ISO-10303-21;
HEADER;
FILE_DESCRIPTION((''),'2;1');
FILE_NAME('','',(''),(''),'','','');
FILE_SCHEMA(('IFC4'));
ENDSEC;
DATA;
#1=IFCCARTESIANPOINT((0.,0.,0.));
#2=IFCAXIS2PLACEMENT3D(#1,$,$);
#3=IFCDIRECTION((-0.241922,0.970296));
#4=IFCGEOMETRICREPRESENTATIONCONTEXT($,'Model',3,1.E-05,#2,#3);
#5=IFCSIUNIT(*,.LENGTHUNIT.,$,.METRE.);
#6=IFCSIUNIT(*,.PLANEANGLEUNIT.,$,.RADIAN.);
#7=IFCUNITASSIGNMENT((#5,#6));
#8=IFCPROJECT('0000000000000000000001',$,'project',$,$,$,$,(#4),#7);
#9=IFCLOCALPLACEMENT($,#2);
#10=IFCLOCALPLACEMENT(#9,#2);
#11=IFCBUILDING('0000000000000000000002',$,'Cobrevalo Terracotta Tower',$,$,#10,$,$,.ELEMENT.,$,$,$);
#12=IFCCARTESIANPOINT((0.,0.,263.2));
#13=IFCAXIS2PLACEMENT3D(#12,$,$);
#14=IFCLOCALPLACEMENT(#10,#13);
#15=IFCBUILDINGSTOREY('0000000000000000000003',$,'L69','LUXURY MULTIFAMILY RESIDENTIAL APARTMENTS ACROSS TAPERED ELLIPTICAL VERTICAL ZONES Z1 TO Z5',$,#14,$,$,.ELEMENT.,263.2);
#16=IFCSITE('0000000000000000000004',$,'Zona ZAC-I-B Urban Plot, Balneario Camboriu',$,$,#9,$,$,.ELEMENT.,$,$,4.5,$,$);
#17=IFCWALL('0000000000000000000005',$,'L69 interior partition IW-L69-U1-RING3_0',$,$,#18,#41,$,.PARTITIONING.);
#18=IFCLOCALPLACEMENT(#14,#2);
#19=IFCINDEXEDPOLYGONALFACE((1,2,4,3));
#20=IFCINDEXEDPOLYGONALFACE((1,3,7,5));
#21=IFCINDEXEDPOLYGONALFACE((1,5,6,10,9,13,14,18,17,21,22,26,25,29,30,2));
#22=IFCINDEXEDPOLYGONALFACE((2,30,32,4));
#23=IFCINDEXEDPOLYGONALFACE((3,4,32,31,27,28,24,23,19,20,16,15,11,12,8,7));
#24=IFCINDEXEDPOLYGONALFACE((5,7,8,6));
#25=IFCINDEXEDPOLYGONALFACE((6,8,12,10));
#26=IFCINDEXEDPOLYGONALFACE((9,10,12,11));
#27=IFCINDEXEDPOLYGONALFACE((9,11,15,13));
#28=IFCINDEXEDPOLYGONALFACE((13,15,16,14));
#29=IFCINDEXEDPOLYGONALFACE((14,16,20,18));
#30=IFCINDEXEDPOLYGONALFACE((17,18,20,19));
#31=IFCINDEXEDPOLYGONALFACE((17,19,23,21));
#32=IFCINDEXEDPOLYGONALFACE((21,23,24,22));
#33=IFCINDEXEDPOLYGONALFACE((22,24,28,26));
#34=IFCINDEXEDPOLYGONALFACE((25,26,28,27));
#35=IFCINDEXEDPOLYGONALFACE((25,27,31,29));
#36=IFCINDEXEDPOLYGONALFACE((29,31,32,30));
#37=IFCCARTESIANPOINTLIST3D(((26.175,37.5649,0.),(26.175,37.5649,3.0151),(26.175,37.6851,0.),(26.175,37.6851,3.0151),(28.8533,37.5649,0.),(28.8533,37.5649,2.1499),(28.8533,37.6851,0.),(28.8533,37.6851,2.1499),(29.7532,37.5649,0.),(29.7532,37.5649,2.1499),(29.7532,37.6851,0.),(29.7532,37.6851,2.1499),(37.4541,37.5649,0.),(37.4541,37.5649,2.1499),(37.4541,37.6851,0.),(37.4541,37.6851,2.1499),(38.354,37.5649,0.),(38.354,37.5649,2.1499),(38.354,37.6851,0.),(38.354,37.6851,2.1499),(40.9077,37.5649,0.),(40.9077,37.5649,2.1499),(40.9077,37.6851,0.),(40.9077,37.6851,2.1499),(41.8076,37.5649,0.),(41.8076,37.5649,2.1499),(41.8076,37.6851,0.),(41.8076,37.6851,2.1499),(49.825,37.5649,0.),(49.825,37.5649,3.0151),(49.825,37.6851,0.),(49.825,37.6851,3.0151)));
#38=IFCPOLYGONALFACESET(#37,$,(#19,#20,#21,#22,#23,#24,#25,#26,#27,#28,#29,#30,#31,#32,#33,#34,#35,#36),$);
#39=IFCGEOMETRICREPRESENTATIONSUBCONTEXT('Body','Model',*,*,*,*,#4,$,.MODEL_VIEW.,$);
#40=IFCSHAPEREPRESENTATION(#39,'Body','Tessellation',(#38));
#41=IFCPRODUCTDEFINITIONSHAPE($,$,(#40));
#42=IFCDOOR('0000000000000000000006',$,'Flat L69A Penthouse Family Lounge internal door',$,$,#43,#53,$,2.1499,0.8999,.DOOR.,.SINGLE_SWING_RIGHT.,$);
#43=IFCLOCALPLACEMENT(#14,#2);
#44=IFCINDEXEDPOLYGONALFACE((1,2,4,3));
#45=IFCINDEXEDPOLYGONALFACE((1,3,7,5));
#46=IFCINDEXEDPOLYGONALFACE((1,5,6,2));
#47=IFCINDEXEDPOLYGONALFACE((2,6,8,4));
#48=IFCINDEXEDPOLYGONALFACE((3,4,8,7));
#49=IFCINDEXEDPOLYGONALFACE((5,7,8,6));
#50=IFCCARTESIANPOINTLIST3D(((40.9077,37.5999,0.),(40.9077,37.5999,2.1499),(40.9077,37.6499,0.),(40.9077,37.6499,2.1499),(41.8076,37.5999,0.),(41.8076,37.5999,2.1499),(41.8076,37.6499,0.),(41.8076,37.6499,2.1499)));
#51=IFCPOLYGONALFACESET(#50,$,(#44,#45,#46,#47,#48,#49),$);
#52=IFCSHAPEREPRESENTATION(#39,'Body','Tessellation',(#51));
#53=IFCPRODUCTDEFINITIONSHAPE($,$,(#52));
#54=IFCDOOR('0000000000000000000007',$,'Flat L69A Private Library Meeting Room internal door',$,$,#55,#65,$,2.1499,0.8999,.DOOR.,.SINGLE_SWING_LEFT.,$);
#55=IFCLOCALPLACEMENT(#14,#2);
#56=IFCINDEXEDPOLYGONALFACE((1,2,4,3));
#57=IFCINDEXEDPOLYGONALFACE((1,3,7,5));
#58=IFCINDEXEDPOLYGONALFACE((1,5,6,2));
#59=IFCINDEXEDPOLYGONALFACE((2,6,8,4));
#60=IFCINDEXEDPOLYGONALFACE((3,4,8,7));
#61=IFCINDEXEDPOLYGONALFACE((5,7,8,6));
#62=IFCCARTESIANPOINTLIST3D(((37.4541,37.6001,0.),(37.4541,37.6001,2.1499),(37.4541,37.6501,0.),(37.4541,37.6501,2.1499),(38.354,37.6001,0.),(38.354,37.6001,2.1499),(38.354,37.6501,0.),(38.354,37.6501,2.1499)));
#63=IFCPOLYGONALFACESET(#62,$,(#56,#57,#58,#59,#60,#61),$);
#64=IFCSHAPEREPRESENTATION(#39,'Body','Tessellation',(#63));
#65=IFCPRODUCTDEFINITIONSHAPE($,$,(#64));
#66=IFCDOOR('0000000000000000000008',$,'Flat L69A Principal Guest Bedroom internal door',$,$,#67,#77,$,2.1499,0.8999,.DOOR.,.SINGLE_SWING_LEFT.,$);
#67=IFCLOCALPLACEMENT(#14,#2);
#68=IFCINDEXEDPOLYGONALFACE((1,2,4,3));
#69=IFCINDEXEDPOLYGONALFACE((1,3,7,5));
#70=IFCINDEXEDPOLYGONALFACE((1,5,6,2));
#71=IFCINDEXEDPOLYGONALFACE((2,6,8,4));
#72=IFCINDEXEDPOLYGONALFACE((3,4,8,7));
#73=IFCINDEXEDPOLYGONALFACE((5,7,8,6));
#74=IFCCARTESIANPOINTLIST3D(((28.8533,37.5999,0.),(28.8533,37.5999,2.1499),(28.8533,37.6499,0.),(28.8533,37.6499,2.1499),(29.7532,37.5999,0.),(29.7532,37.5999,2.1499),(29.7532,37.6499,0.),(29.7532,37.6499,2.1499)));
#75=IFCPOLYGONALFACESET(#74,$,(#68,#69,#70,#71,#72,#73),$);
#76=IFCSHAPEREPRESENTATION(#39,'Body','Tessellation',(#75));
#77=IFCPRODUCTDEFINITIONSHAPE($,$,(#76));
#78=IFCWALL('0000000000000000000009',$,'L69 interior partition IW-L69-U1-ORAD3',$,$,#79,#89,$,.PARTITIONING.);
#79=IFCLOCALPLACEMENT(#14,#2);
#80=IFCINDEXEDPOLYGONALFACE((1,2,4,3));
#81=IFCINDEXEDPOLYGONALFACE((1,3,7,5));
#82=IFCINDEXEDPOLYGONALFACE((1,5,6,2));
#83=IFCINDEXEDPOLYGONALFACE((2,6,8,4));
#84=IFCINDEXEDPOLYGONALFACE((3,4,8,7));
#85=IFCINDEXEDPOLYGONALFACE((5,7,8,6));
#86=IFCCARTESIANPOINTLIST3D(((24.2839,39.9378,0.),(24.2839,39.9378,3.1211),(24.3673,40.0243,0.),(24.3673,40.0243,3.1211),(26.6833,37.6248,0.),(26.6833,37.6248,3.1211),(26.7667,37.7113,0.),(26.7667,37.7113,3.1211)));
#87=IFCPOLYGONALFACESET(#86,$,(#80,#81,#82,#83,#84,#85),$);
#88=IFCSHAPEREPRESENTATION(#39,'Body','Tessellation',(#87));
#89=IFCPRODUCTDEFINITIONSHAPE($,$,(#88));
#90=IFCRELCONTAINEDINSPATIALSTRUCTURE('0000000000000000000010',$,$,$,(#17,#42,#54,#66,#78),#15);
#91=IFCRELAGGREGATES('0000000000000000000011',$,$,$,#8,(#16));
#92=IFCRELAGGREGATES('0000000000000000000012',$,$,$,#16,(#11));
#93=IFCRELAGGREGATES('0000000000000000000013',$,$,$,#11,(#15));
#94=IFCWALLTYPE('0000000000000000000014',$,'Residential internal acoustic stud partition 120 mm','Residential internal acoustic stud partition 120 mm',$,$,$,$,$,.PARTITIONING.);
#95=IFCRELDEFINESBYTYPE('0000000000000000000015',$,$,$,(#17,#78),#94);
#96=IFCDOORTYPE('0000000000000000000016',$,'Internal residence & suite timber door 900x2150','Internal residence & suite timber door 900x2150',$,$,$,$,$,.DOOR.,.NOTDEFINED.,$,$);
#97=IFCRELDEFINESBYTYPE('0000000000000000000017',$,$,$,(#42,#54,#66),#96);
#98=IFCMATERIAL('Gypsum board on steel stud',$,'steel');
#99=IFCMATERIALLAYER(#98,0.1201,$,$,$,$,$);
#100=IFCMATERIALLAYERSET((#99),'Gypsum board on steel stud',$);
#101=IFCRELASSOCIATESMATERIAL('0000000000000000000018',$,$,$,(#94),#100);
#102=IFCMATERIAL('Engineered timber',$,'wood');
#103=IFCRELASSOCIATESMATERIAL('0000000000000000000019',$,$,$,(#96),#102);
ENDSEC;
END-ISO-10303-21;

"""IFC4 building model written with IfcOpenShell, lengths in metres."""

from ifc_helpers import new_model, si_unit, direction, frame, frame_2d, origin, place, context, subcontext, project, spatial, rectangle, extrude, source, transform, mapped, material, layer, layer_set, type_object, element, fill, save


model = new_model("IFC4")

# Units and contexts
model_context = context("Model", 3, precision=1e-05, world=origin(), true_north=direction((-0.241922, 0.970296)))
body_context = subcontext(model_context, "Body", "Model", "MODEL_VIEW")
ifc_project = project(units=[si_unit("LENGTHUNIT", "METRE"), si_unit("PLANEANGLEUNIT", "RADIAN")], contexts=[model_context])

# Site, building, storey
site_placement = place(None, origin())
site = spatial("IfcSite", under=ifc_project, at=site_placement, Name="Zona ZAC-I-B Urban Plot, Balneario Camboriu", CompositionType="ELEMENT", RefElevation=4.5)
building_placement = place(site_placement, origin())
building = spatial("IfcBuilding", under=site, at=building_placement, Name="Cobrevalo Terracotta Tower", CompositionType="ELEMENT")
storey_placement = place(building_placement, frame((0.0, 0.0, 263.2)))
storey = spatial("IfcBuildingStorey", under=building, at=storey_placement, Name="L69", Description="LUXURY MULTIFAMILY RESIDENTIAL APARTMENTS ACROSS TAPERED ELLIPTICAL VERTICAL ZONES Z1 TO Z5", CompositionType="ELEMENT", Elevation=263.2)

# Shared definitions
ifc_material_1 = material(Name="Gypsum board on steel stud", Category="steel")
ifc_layer_1 = layer(ifc_material_1, 0.1201)
ifc_layer_set_1 = layer_set([ifc_layer_1], Name="Gypsum board on steel stud")
wall_type = type_object("IfcWallType", Name="Residential internal acoustic stud partition 120 mm", Description="Residential internal acoustic stud partition 120 mm", PredefinedType="PARTITIONING", material=ifc_layer_set_1)
ifc_material_2 = material(Name="Engineered timber", Category="wood")
door_type = type_object("IfcDoorType", Name="Internal residence & suite timber door 900x2150", Description="Internal residence & suite timber door 900x2150", OperationType="NOTDEFINED", PredefinedType="DOOR", material=ifc_material_2)
shared_shape_1 = source(origin(), body_context, "Body", "SweptSolid", [
    extrude(rectangle(XDim=0.8999, YDim=2.1499, at=frame_2d((0.45, 1.075))), frame((0.0, 0.0249, 0.0), z_axis=(0.0, -1.0, 0.0), x_axis=(1.0, 0.0, 0.0)), (0.0, 0.0, 1.0), 0.05),
])

# Wall, openings, doors
wall_1_placement = place(storey_placement, frame((26.175, 37.625, 0.0), z_axis=(0.0, 0.0, 1.0), x_axis=(1.0, 0.0, 0.0)))
wall_1 = element("IfcWall", 1, at=wall_1_placement, inside=storey, type_object=wall_type, Name="L69 interior partition IW-L69-U1-RING3_0", PredefinedType="PARTITIONING", context=body_context, shape_type="SweptSolid", body=[
    extrude(rectangle(XDim=23.6499, YDim=0.1201, at=frame_2d((11.825, 0.0))), origin(), (0.0, 0.0, 1.0), 3.0151),
])
opening_1_placement = place(wall_1_placement, frame((14.7327, 0.0, 0.0)))
opening_1 = element("IfcOpeningElement", 2, at=opening_1_placement, cuts=wall_1, PredefinedType="OPENING", context=body_context, shape_type="SweptSolid", body=[
    extrude(rectangle(XDim=0.8999, YDim=2.1499, at=frame_2d((0.45, 1.075))), frame((0.0, 0.0701, 0.0), z_axis=(0.0, -1.0, 0.0), x_axis=(1.0, 0.0, 0.0)), (0.0, 0.0, 1.0), 0.1401),
])
opening_2_placement = place(wall_1_placement, frame((11.2791, 0.0, 0.0)))
opening_2 = element("IfcOpeningElement", 3, at=opening_2_placement, cuts=wall_1, PredefinedType="OPENING", context=body_context, shape_type="SweptSolid", body=[
    extrude(rectangle(XDim=0.8999, YDim=2.1499, at=frame_2d((0.45, 1.075))), frame((0.0, 0.0701, 0.0), z_axis=(0.0, -1.0, 0.0), x_axis=(1.0, 0.0, 0.0)), (0.0, 0.0, 1.0), 0.1401),
])
opening_3_placement = place(wall_1_placement, frame((2.6782, 0.0, 0.0)))
opening_3 = element("IfcOpeningElement", 4, at=opening_3_placement, cuts=wall_1, PredefinedType="OPENING", context=body_context, shape_type="SweptSolid", body=[
    extrude(rectangle(XDim=0.8999, YDim=2.1499, at=frame_2d((0.45, 1.075))), frame((0.0, 0.0701, 0.0), z_axis=(0.0, -1.0, 0.0), x_axis=(1.0, 0.0, 0.0)), (0.0, 0.0, 1.0), 0.1401),
])
door_1_placement = place(opening_1_placement, origin())
door_1 = element("IfcDoor", 5, at=door_1_placement, inside=storey, type_object=door_type, Name="Flat L69A Penthouse Family Lounge internal door", OperationType="SINGLE_SWING_RIGHT", OverallHeight=2.1499, OverallWidth=0.8999, PredefinedType="DOOR", context=body_context, shape_type="MappedRepresentation", body=[
    mapped(shared_shape_1, transform((0.0, 0.0, 0.0), scale=1.0)),
])
fill(opening_1, door_1)
door_2_placement = place(opening_2_placement, frame((0.8999, 0.0, 0.0), z_axis=(0.0, 0.0, 1.0), x_axis=(-1.0, 0.0, 0.0)))
door_2 = element("IfcDoor", 6, at=door_2_placement, inside=storey, type_object=door_type, Name="Flat L69A Private Library Meeting Room internal door", OperationType="SINGLE_SWING_LEFT", OverallHeight=2.1499, OverallWidth=0.8999, PredefinedType="DOOR", context=body_context, shape_type="MappedRepresentation", body=[
    mapped(shared_shape_1, transform((0.0, 0.0, 0.0), scale=1.0)),
])
fill(opening_2, door_2)
door_3_placement = place(opening_3_placement, origin())
door_3 = element("IfcDoor", 7, at=door_3_placement, inside=storey, type_object=door_type, Name="Flat L69A Principal Guest Bedroom internal door", OperationType="SINGLE_SWING_LEFT", OverallHeight=2.1499, OverallWidth=0.8999, PredefinedType="DOOR", context=body_context, shape_type="MappedRepresentation", body=[
    mapped(shared_shape_1, transform((0.0, 0.0, 0.0), scale=1.0)),
])
fill(opening_3, door_3)

# Wall
wall_2_placement = place(storey_placement, frame((26.7251, 37.668, 0.0), z_axis=(0.0, 0.0, 1.0), x_axis=(-0.719954, 0.694022, 0.0)))
element("IfcWall", 8, at=wall_2_placement, inside=storey, type_object=wall_type, Name="L69 interior partition IW-L69-U1-ORAD3", PredefinedType="PARTITIONING", context=body_context, shape_type="SweptSolid", body=[
    extrude(rectangle(XDim=3.3328, YDim=0.1201, at=frame_2d((1.6665, 0.0))), origin(), (0.0, 0.0, 1.0), 3.1211),
])

save(model, "model.ifc")
